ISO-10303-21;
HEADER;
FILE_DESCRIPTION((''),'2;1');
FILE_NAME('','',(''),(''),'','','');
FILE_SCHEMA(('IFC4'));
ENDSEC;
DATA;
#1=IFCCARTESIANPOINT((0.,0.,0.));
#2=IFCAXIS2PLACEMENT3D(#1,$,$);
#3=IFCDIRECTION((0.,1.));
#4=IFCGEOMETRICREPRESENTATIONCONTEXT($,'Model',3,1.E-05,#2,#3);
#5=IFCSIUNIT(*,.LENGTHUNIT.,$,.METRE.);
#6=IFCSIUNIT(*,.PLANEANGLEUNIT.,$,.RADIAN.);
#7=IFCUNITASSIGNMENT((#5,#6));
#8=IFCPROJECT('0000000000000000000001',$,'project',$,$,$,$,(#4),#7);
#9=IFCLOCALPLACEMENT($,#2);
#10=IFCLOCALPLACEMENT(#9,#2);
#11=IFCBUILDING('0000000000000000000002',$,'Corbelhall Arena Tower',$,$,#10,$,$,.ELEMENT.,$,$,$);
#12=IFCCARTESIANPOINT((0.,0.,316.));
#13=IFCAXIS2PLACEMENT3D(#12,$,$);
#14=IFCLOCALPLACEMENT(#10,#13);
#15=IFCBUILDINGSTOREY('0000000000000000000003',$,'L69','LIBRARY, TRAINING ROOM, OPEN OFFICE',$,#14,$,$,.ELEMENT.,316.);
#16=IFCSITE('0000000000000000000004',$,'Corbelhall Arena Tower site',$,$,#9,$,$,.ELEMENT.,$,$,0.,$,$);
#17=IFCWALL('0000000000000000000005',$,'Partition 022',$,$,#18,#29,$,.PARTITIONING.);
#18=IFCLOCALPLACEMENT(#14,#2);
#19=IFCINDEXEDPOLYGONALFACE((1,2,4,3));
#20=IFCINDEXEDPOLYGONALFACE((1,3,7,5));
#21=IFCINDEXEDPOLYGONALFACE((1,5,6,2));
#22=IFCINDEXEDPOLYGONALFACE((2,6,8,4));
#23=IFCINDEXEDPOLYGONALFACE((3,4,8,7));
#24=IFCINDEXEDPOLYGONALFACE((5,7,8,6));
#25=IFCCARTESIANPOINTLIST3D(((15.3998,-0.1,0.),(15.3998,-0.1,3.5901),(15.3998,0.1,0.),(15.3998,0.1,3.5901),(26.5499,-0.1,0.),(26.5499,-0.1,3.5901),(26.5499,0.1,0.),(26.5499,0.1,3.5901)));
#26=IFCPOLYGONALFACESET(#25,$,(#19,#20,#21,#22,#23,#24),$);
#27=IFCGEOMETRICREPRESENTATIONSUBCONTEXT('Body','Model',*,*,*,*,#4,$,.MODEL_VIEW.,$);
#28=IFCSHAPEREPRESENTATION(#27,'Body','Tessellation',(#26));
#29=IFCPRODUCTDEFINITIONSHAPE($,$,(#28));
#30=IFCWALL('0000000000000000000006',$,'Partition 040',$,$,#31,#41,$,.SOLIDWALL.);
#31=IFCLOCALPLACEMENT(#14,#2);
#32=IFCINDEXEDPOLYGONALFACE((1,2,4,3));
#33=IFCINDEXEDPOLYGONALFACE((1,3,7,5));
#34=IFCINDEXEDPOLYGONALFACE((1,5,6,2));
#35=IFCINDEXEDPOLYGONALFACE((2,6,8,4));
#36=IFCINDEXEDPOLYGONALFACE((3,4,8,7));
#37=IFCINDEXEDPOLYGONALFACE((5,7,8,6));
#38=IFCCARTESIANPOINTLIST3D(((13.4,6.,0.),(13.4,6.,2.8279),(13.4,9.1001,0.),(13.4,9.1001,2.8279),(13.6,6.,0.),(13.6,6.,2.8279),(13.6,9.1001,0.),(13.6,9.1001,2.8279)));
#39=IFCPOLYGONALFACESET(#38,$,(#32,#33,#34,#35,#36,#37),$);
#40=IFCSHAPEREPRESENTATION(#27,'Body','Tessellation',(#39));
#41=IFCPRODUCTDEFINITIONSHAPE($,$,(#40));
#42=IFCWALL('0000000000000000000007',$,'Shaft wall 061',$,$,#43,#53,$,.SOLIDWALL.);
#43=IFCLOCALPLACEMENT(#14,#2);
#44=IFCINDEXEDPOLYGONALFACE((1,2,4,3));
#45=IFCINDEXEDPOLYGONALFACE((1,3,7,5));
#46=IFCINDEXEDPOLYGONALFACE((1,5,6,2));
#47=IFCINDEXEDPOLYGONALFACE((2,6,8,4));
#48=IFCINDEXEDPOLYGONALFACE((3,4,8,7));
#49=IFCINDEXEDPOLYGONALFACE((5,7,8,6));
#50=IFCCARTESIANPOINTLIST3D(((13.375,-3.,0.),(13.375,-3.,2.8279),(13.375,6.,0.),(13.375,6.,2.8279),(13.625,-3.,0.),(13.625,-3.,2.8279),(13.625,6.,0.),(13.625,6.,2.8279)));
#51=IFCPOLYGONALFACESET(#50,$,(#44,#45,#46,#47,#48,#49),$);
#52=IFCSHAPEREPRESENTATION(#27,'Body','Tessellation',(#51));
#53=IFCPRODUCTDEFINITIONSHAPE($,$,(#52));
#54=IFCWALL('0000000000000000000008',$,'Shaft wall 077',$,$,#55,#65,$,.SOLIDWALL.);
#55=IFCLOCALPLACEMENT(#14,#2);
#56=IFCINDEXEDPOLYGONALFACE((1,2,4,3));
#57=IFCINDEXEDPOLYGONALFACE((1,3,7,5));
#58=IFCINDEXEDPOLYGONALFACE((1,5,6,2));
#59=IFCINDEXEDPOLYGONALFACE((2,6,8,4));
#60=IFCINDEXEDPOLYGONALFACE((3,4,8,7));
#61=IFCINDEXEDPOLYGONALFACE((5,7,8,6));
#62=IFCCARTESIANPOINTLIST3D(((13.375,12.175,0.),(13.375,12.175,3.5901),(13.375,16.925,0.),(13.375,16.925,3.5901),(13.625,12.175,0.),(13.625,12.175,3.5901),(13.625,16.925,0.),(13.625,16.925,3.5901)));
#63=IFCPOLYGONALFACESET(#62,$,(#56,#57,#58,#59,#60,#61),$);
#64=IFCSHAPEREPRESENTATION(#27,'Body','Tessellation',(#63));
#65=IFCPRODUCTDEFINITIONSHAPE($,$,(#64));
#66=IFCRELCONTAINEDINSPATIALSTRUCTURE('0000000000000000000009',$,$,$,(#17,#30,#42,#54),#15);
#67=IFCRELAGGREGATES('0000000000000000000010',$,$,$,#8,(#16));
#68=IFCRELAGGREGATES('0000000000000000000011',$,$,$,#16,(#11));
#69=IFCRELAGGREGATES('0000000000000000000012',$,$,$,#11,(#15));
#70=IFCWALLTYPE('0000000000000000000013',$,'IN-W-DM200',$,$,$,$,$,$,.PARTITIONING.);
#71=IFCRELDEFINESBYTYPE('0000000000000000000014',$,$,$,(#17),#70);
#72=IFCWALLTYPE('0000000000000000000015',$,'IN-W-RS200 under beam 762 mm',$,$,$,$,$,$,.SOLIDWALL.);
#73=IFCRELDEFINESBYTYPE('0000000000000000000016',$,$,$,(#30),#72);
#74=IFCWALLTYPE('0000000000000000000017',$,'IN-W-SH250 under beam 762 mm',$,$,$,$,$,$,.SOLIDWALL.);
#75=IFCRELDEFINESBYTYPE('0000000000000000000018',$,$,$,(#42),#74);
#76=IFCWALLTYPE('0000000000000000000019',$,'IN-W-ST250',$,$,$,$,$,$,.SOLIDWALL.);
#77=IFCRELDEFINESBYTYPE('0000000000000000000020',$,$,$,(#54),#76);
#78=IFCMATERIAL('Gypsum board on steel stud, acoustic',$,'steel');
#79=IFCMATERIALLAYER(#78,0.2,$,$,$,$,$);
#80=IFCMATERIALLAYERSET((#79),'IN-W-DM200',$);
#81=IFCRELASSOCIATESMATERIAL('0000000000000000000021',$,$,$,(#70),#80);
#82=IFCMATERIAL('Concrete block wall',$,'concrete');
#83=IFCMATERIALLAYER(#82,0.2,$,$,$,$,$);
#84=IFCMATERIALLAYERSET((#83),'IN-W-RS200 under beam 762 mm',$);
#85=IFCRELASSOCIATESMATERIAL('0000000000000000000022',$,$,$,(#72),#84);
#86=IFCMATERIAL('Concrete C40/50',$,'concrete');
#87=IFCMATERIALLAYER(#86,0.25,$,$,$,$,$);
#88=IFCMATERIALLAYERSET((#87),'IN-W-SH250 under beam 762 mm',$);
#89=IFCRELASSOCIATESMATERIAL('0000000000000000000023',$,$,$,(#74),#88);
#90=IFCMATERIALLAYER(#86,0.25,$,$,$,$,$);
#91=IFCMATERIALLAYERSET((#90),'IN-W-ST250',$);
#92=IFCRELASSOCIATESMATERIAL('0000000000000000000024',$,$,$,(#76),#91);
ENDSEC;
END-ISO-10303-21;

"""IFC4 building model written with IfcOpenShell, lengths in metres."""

from ifc_helpers import new_model, si_unit, direction, frame, frame_2d, origin, place, context, subcontext, project, spatial, rectangle, extrude, material, layer, layer_set, type_object, element, save


model = new_model("IFC4")

# Units and contexts
model_context = context("Model", 3, precision=1e-05, world=origin(), true_north=direction((0.0, 1.0)))
body_context = subcontext(model_context, "Body", "Model", "MODEL_VIEW")
ifc_project = project(units=[si_unit("LENGTHUNIT", "METRE"), si_unit("PLANEANGLEUNIT", "RADIAN")], contexts=[model_context])

# Site, building, storey
site_placement = place(None, origin())
site = spatial("IfcSite", under=ifc_project, at=site_placement, Name="Corbelhall Arena Tower site", CompositionType="ELEMENT", RefElevation=0.0)
building_placement = place(site_placement, origin())
building = spatial("IfcBuilding", under=site, at=building_placement, Name="Corbelhall Arena Tower", CompositionType="ELEMENT")
storey_placement = place(building_placement, frame((0.0, 0.0, 316.0)))
storey = spatial("IfcBuildingStorey", under=building, at=storey_placement, Name="L69", Description="LIBRARY, TRAINING ROOM, OPEN OFFICE", CompositionType="ELEMENT", Elevation=316.0)

# Shared definitions
ifc_material_1 = material(Name="Gypsum board on steel stud, acoustic", Category="steel")
ifc_layer_1 = layer(ifc_material_1, 0.2)
ifc_layer_set_1 = layer_set([ifc_layer_1], Name="IN-W-DM200")
wall_type_1 = type_object("IfcWallType", Name="IN-W-DM200", PredefinedType="PARTITIONING", material=ifc_layer_set_1)

# Walls
for number, where, z_axis, x_axis, name in (
    (1, (26.55, 0.0, 0.0), (0.0, 0.0, 1.0), (-1.0, 0.0, 0.0), "Partition 022"),
):
    element("IfcWall", number, at=place(storey_placement, frame(where, z_axis=z_axis, x_axis=x_axis)), inside=storey, type_object=wall_type_1, Name=name, PredefinedType="PARTITIONING", context=body_context, shape_type="SweptSolid", body=[
        extrude(rectangle(XDim=11.1501, YDim=0.2, at=frame_2d((5.5752, 0.0))), origin(), (0.0, 0.0, 1.0), 3.5901),
    ])
ifc_material_2 = material(Name="Concrete block wall", Category="concrete")
ifc_layer_2 = layer(ifc_material_2, 0.2)
ifc_layer_set_2 = layer_set([ifc_layer_2], Name="IN-W-RS200 under beam 762 mm")
wall_type_2 = type_object("IfcWallType", Name="IN-W-RS200 under beam 762 mm", PredefinedType="SOLIDWALL", material=ifc_layer_set_2)
wall_1_placement = place(storey_placement, frame((13.5, 9.1001, 0.0), z_axis=(0.0, 0.0, 1.0), x_axis=(0.0, -1.0, 0.0)))
element("IfcWall", 2, at=wall_1_placement, inside=storey, type_object=wall_type_2, Name="Partition 040", PredefinedType="SOLIDWALL", context=body_context, shape_type="SweptSolid", body=[
    extrude(rectangle(XDim=3.1001, YDim=0.2, at=frame_2d((1.55, 0.0))), origin(), (0.0, 0.0, 1.0), 2.8279),
])
ifc_material_3 = material(Name="Concrete C40/50", Category="concrete")
ifc_layer_3 = layer(ifc_material_3, 0.25)
ifc_layer_set_3 = layer_set([ifc_layer_3], Name="IN-W-SH250 under beam 762 mm")
wall_type_3 = type_object("IfcWallType", Name="IN-W-SH250 under beam 762 mm", PredefinedType="SOLIDWALL", material=ifc_layer_set_3)
wall_2_placement = place(storey_placement, frame((13.5, 6.0, 0.0), z_axis=(0.0, 0.0, 1.0), x_axis=(0.0, -1.0, 0.0)))
element("IfcWall", 3, at=wall_2_placement, inside=storey, type_object=wall_type_3, Name="Shaft wall 061", PredefinedType="SOLIDWALL", context=body_context, shape_type="SweptSolid", body=[
    extrude(rectangle(XDim=9.0, YDim=0.25, at=frame_2d((4.5, 0.0))), origin(), (0.0, 0.0, 1.0), 2.8279),
])
ifc_layer_4 = layer(ifc_material_3, 0.25)
ifc_layer_set_4 = layer_set([ifc_layer_4], Name="IN-W-ST250")
wall_type_4 = type_object("IfcWallType", Name="IN-W-ST250", PredefinedType="SOLIDWALL", material=ifc_layer_set_4)
wall_3_placement = place(storey_placement, frame((13.5, 12.175, 0.0), z_axis=(0.0, 0.0, 1.0), x_axis=(0.0, 1.0, 0.0)))
element("IfcWall", 4, at=wall_3_placement, inside=storey, type_object=wall_type_4, Name="Shaft wall 077", PredefinedType="SOLIDWALL", context=body_context, shape_type="SweptSolid", body=[
    extrude(rectangle(XDim=4.75, YDim=0.25, at=frame_2d((2.375, 0.0))), origin(), (0.0, 0.0, 1.0), 3.5901),
])

save(model, "model.ifc")
